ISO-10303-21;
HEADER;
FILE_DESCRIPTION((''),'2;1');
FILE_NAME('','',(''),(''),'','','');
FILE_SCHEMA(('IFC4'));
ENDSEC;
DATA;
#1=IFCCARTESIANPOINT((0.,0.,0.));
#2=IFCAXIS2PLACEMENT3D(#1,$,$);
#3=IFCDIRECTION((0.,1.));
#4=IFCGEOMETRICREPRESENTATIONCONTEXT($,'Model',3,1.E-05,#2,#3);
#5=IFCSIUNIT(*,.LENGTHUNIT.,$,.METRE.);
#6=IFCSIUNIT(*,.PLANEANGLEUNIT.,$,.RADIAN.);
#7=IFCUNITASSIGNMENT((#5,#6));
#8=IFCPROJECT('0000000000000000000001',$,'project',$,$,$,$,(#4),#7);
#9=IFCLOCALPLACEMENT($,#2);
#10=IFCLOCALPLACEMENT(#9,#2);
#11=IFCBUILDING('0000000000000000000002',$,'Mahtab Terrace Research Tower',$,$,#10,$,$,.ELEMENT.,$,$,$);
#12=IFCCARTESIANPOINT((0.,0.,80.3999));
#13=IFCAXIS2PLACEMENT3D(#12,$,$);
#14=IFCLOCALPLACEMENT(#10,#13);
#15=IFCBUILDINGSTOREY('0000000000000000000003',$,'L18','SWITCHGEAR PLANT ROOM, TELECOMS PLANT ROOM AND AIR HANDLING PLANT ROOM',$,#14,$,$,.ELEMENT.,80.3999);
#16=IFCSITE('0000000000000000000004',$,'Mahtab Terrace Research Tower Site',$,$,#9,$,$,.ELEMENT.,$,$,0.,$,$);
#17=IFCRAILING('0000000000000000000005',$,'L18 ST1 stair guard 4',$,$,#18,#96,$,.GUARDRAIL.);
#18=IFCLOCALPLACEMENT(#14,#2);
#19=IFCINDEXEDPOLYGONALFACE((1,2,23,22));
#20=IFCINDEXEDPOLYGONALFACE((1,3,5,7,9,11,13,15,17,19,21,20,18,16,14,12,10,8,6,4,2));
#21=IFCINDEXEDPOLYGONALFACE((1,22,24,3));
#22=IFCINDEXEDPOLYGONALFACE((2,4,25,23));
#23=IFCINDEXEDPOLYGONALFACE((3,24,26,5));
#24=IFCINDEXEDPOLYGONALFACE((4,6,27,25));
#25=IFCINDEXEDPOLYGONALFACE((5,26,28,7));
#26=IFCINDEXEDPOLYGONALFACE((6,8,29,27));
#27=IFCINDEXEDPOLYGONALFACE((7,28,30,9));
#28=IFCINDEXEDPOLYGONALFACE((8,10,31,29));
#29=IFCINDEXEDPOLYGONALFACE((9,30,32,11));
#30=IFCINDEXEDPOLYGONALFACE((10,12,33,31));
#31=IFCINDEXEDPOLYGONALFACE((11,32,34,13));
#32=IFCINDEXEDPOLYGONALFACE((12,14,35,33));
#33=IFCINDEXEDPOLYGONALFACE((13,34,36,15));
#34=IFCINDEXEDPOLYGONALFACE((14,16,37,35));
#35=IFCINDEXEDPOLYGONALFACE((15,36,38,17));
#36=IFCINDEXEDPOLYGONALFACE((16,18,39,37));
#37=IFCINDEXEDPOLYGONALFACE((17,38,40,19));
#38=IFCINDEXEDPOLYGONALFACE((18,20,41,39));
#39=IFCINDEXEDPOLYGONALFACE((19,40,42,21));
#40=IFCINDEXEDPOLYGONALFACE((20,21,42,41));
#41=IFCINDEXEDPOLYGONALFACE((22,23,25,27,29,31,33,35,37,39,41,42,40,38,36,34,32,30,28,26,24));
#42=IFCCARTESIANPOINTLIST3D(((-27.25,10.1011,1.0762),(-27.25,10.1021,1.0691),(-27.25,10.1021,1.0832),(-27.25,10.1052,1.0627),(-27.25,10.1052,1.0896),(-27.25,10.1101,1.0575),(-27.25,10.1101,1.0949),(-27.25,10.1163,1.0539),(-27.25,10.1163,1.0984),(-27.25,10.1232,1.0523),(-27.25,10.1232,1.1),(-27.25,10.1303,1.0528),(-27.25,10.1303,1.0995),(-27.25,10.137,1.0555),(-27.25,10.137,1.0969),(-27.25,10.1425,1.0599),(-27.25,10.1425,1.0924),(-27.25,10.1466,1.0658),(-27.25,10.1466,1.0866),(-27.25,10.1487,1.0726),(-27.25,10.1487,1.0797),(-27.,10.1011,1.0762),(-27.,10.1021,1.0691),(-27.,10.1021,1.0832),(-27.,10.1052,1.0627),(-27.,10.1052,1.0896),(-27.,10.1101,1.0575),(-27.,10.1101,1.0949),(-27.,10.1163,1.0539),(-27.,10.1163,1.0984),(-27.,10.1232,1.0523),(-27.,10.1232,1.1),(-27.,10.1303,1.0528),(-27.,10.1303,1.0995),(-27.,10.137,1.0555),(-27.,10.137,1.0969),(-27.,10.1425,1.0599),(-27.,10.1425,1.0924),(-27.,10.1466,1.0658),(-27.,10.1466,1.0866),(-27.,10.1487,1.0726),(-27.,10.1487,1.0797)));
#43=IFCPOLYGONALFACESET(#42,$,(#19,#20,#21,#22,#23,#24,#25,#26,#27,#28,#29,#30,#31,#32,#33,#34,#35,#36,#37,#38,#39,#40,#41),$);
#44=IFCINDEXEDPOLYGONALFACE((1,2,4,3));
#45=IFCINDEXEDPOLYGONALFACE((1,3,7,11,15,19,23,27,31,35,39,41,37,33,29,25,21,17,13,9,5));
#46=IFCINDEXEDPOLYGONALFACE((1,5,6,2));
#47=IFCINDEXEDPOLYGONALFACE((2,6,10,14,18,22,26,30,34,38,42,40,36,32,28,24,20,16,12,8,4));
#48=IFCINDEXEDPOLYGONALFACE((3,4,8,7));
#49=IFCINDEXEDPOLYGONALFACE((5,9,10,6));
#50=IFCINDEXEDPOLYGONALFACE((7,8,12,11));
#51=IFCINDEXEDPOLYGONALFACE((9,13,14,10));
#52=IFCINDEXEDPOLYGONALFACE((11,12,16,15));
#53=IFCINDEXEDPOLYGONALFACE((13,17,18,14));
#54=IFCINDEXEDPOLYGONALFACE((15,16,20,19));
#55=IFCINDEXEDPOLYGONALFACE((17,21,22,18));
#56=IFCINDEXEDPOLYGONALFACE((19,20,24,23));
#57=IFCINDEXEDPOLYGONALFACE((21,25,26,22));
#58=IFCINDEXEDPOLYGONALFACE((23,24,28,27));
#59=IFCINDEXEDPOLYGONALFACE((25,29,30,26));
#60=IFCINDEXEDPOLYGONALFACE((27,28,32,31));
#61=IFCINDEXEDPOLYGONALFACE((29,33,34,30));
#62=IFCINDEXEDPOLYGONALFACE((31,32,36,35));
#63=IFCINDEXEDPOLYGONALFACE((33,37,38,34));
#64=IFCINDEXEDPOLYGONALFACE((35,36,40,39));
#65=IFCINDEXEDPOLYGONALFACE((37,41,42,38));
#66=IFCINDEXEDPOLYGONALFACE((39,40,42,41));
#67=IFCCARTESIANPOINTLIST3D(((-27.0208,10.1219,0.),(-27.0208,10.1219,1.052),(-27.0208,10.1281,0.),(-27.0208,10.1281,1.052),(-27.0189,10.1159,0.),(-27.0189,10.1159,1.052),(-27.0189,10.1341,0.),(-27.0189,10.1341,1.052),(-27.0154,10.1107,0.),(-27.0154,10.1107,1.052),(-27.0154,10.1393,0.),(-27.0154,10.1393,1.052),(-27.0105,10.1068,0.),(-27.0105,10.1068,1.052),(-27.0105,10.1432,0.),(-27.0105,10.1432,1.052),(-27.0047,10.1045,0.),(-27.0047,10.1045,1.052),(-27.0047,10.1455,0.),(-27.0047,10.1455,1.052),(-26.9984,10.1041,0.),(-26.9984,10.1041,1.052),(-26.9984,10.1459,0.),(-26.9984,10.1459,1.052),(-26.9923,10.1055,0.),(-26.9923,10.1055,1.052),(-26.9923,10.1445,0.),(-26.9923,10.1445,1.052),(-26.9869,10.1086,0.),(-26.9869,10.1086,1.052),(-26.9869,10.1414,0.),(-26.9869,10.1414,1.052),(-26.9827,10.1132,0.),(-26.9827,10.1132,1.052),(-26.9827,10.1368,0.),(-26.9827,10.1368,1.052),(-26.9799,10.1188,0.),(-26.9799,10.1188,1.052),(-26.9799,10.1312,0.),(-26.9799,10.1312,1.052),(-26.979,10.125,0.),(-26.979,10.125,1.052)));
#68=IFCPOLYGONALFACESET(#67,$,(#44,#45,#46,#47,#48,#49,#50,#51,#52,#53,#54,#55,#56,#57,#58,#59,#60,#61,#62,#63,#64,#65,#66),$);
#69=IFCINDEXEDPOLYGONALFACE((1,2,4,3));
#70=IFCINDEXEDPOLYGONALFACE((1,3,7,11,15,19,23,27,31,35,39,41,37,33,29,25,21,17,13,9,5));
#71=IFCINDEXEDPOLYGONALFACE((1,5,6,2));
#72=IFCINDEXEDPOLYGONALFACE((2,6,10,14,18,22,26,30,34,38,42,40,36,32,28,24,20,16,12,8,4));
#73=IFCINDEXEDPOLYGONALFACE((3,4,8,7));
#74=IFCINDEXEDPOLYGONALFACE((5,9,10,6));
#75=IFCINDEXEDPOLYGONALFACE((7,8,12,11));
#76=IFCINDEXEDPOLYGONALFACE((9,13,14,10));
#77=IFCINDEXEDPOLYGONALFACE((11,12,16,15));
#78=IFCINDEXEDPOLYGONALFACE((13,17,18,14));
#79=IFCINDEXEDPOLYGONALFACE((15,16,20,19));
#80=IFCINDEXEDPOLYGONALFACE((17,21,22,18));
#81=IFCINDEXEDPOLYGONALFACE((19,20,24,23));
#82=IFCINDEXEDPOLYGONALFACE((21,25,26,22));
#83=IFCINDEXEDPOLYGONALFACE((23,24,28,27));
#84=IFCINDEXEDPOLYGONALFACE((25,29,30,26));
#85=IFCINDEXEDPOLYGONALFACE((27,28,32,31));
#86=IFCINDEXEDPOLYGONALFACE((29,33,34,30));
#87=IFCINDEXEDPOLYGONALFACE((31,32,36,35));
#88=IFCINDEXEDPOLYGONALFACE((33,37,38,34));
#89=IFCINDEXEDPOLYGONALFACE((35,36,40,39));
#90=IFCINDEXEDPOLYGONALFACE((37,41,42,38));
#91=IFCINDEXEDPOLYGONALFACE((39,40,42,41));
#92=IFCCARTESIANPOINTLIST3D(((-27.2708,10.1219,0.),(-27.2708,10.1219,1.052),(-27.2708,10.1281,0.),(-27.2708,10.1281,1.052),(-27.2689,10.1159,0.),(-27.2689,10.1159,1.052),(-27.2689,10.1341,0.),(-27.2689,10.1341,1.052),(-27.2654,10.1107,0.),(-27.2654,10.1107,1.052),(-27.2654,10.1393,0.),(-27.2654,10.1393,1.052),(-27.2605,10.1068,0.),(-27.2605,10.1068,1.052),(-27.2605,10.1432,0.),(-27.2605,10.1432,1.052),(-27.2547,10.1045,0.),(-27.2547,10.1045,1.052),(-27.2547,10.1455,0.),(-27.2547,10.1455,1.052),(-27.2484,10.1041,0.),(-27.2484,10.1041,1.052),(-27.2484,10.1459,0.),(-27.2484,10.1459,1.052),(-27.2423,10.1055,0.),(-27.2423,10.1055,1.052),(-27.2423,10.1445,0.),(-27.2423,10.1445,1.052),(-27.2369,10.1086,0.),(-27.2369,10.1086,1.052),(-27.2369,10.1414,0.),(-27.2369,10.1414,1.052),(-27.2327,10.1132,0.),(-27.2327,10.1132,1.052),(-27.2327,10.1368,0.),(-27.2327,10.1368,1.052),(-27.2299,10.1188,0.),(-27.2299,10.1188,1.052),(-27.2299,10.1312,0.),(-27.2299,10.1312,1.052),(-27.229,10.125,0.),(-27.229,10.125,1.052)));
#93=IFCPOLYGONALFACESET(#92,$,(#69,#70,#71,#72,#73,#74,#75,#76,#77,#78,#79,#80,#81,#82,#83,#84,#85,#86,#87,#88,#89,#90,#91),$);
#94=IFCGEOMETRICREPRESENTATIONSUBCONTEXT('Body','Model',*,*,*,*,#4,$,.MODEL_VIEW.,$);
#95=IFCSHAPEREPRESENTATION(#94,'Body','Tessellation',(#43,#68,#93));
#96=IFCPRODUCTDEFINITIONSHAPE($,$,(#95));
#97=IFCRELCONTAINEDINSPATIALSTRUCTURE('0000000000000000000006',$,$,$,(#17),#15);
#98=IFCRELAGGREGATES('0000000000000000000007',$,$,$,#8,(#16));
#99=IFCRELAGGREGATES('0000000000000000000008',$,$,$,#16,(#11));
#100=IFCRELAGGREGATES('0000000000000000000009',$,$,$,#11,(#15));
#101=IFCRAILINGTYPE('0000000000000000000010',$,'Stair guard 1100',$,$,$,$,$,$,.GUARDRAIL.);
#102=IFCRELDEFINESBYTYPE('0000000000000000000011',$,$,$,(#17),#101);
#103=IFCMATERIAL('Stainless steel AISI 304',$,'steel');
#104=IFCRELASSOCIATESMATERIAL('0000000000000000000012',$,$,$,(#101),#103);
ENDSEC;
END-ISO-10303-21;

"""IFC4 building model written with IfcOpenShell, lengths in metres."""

from ifc_helpers import new_model, si_unit, direction, frame, origin, origin_2d, place, context, subcontext, project, spatial, circle, extrude, material, type_object, element, save


model = new_model("IFC4")

# Units and contexts
model_context = context("Model", 3, precision=1e-05, world=origin(), true_north=direction((0.0, 1.0)))
body_context = subcontext(model_context, "Body", "Model", "MODEL_VIEW")
ifc_project = project(units=[si_unit("LENGTHUNIT", "METRE"), si_unit("PLANEANGLEUNIT", "RADIAN")], contexts=[model_context])

# Site, building, storey
site_placement = place(None, origin())
site = spatial("IfcSite", under=ifc_project, at=site_placement, Name="Mahtab Terrace Research Tower Site", CompositionType="ELEMENT", RefElevation=0.0)
building_placement = place(site_placement, origin())
building = spatial("IfcBuilding", under=site, at=building_placement, Name="Mahtab Terrace Research Tower", CompositionType="ELEMENT")
storey_placement = place(building_placement, frame((0.0, 0.0, 80.3999)))
storey = spatial("IfcBuildingStorey", under=building, at=storey_placement, Name="L18", Description="SWITCHGEAR PLANT ROOM, TELECOMS PLANT ROOM AND AIR HANDLING PLANT ROOM", CompositionType="ELEMENT", Elevation=80.3999)

# Railing
ifc_material_1 = material(Name="Stainless steel AISI 304", Category="steel")
railing_type_1 = type_object("IfcRailingType", Name="Stair guard 1100", PredefinedType="GUARDRAIL", material=ifc_material_1)
railing_1_placement = place(storey_placement, frame((-27.0, 10.125, 0.0)))
element("IfcRailing", 1, at=railing_1_placement, inside=storey, type_object=railing_type_1, Name="L18 ST1 stair guard 4", PredefinedType="GUARDRAIL", context=body_context, shape_type="SweptSolid", body=[
    extrude(circle(Radius=0.0239, at=origin_2d()), frame((0.0, 0.0, 1.0762), z_axis=(-1.0, 0.0, 0.0), x_axis=(0.0, -1.0, 0.0)), (0.0, 0.0, 1.0), 0.25),
    extrude(circle(Radius=0.021, at=origin_2d()), origin(), (0.0, 0.0, 1.0), 1.052),
    extrude(circle(Radius=0.021, at=origin_2d()), frame((-0.25, 0.0, 0.0)), (0.0, 0.0, 1.0), 1.052),
])

save(model, "model.ifc")
